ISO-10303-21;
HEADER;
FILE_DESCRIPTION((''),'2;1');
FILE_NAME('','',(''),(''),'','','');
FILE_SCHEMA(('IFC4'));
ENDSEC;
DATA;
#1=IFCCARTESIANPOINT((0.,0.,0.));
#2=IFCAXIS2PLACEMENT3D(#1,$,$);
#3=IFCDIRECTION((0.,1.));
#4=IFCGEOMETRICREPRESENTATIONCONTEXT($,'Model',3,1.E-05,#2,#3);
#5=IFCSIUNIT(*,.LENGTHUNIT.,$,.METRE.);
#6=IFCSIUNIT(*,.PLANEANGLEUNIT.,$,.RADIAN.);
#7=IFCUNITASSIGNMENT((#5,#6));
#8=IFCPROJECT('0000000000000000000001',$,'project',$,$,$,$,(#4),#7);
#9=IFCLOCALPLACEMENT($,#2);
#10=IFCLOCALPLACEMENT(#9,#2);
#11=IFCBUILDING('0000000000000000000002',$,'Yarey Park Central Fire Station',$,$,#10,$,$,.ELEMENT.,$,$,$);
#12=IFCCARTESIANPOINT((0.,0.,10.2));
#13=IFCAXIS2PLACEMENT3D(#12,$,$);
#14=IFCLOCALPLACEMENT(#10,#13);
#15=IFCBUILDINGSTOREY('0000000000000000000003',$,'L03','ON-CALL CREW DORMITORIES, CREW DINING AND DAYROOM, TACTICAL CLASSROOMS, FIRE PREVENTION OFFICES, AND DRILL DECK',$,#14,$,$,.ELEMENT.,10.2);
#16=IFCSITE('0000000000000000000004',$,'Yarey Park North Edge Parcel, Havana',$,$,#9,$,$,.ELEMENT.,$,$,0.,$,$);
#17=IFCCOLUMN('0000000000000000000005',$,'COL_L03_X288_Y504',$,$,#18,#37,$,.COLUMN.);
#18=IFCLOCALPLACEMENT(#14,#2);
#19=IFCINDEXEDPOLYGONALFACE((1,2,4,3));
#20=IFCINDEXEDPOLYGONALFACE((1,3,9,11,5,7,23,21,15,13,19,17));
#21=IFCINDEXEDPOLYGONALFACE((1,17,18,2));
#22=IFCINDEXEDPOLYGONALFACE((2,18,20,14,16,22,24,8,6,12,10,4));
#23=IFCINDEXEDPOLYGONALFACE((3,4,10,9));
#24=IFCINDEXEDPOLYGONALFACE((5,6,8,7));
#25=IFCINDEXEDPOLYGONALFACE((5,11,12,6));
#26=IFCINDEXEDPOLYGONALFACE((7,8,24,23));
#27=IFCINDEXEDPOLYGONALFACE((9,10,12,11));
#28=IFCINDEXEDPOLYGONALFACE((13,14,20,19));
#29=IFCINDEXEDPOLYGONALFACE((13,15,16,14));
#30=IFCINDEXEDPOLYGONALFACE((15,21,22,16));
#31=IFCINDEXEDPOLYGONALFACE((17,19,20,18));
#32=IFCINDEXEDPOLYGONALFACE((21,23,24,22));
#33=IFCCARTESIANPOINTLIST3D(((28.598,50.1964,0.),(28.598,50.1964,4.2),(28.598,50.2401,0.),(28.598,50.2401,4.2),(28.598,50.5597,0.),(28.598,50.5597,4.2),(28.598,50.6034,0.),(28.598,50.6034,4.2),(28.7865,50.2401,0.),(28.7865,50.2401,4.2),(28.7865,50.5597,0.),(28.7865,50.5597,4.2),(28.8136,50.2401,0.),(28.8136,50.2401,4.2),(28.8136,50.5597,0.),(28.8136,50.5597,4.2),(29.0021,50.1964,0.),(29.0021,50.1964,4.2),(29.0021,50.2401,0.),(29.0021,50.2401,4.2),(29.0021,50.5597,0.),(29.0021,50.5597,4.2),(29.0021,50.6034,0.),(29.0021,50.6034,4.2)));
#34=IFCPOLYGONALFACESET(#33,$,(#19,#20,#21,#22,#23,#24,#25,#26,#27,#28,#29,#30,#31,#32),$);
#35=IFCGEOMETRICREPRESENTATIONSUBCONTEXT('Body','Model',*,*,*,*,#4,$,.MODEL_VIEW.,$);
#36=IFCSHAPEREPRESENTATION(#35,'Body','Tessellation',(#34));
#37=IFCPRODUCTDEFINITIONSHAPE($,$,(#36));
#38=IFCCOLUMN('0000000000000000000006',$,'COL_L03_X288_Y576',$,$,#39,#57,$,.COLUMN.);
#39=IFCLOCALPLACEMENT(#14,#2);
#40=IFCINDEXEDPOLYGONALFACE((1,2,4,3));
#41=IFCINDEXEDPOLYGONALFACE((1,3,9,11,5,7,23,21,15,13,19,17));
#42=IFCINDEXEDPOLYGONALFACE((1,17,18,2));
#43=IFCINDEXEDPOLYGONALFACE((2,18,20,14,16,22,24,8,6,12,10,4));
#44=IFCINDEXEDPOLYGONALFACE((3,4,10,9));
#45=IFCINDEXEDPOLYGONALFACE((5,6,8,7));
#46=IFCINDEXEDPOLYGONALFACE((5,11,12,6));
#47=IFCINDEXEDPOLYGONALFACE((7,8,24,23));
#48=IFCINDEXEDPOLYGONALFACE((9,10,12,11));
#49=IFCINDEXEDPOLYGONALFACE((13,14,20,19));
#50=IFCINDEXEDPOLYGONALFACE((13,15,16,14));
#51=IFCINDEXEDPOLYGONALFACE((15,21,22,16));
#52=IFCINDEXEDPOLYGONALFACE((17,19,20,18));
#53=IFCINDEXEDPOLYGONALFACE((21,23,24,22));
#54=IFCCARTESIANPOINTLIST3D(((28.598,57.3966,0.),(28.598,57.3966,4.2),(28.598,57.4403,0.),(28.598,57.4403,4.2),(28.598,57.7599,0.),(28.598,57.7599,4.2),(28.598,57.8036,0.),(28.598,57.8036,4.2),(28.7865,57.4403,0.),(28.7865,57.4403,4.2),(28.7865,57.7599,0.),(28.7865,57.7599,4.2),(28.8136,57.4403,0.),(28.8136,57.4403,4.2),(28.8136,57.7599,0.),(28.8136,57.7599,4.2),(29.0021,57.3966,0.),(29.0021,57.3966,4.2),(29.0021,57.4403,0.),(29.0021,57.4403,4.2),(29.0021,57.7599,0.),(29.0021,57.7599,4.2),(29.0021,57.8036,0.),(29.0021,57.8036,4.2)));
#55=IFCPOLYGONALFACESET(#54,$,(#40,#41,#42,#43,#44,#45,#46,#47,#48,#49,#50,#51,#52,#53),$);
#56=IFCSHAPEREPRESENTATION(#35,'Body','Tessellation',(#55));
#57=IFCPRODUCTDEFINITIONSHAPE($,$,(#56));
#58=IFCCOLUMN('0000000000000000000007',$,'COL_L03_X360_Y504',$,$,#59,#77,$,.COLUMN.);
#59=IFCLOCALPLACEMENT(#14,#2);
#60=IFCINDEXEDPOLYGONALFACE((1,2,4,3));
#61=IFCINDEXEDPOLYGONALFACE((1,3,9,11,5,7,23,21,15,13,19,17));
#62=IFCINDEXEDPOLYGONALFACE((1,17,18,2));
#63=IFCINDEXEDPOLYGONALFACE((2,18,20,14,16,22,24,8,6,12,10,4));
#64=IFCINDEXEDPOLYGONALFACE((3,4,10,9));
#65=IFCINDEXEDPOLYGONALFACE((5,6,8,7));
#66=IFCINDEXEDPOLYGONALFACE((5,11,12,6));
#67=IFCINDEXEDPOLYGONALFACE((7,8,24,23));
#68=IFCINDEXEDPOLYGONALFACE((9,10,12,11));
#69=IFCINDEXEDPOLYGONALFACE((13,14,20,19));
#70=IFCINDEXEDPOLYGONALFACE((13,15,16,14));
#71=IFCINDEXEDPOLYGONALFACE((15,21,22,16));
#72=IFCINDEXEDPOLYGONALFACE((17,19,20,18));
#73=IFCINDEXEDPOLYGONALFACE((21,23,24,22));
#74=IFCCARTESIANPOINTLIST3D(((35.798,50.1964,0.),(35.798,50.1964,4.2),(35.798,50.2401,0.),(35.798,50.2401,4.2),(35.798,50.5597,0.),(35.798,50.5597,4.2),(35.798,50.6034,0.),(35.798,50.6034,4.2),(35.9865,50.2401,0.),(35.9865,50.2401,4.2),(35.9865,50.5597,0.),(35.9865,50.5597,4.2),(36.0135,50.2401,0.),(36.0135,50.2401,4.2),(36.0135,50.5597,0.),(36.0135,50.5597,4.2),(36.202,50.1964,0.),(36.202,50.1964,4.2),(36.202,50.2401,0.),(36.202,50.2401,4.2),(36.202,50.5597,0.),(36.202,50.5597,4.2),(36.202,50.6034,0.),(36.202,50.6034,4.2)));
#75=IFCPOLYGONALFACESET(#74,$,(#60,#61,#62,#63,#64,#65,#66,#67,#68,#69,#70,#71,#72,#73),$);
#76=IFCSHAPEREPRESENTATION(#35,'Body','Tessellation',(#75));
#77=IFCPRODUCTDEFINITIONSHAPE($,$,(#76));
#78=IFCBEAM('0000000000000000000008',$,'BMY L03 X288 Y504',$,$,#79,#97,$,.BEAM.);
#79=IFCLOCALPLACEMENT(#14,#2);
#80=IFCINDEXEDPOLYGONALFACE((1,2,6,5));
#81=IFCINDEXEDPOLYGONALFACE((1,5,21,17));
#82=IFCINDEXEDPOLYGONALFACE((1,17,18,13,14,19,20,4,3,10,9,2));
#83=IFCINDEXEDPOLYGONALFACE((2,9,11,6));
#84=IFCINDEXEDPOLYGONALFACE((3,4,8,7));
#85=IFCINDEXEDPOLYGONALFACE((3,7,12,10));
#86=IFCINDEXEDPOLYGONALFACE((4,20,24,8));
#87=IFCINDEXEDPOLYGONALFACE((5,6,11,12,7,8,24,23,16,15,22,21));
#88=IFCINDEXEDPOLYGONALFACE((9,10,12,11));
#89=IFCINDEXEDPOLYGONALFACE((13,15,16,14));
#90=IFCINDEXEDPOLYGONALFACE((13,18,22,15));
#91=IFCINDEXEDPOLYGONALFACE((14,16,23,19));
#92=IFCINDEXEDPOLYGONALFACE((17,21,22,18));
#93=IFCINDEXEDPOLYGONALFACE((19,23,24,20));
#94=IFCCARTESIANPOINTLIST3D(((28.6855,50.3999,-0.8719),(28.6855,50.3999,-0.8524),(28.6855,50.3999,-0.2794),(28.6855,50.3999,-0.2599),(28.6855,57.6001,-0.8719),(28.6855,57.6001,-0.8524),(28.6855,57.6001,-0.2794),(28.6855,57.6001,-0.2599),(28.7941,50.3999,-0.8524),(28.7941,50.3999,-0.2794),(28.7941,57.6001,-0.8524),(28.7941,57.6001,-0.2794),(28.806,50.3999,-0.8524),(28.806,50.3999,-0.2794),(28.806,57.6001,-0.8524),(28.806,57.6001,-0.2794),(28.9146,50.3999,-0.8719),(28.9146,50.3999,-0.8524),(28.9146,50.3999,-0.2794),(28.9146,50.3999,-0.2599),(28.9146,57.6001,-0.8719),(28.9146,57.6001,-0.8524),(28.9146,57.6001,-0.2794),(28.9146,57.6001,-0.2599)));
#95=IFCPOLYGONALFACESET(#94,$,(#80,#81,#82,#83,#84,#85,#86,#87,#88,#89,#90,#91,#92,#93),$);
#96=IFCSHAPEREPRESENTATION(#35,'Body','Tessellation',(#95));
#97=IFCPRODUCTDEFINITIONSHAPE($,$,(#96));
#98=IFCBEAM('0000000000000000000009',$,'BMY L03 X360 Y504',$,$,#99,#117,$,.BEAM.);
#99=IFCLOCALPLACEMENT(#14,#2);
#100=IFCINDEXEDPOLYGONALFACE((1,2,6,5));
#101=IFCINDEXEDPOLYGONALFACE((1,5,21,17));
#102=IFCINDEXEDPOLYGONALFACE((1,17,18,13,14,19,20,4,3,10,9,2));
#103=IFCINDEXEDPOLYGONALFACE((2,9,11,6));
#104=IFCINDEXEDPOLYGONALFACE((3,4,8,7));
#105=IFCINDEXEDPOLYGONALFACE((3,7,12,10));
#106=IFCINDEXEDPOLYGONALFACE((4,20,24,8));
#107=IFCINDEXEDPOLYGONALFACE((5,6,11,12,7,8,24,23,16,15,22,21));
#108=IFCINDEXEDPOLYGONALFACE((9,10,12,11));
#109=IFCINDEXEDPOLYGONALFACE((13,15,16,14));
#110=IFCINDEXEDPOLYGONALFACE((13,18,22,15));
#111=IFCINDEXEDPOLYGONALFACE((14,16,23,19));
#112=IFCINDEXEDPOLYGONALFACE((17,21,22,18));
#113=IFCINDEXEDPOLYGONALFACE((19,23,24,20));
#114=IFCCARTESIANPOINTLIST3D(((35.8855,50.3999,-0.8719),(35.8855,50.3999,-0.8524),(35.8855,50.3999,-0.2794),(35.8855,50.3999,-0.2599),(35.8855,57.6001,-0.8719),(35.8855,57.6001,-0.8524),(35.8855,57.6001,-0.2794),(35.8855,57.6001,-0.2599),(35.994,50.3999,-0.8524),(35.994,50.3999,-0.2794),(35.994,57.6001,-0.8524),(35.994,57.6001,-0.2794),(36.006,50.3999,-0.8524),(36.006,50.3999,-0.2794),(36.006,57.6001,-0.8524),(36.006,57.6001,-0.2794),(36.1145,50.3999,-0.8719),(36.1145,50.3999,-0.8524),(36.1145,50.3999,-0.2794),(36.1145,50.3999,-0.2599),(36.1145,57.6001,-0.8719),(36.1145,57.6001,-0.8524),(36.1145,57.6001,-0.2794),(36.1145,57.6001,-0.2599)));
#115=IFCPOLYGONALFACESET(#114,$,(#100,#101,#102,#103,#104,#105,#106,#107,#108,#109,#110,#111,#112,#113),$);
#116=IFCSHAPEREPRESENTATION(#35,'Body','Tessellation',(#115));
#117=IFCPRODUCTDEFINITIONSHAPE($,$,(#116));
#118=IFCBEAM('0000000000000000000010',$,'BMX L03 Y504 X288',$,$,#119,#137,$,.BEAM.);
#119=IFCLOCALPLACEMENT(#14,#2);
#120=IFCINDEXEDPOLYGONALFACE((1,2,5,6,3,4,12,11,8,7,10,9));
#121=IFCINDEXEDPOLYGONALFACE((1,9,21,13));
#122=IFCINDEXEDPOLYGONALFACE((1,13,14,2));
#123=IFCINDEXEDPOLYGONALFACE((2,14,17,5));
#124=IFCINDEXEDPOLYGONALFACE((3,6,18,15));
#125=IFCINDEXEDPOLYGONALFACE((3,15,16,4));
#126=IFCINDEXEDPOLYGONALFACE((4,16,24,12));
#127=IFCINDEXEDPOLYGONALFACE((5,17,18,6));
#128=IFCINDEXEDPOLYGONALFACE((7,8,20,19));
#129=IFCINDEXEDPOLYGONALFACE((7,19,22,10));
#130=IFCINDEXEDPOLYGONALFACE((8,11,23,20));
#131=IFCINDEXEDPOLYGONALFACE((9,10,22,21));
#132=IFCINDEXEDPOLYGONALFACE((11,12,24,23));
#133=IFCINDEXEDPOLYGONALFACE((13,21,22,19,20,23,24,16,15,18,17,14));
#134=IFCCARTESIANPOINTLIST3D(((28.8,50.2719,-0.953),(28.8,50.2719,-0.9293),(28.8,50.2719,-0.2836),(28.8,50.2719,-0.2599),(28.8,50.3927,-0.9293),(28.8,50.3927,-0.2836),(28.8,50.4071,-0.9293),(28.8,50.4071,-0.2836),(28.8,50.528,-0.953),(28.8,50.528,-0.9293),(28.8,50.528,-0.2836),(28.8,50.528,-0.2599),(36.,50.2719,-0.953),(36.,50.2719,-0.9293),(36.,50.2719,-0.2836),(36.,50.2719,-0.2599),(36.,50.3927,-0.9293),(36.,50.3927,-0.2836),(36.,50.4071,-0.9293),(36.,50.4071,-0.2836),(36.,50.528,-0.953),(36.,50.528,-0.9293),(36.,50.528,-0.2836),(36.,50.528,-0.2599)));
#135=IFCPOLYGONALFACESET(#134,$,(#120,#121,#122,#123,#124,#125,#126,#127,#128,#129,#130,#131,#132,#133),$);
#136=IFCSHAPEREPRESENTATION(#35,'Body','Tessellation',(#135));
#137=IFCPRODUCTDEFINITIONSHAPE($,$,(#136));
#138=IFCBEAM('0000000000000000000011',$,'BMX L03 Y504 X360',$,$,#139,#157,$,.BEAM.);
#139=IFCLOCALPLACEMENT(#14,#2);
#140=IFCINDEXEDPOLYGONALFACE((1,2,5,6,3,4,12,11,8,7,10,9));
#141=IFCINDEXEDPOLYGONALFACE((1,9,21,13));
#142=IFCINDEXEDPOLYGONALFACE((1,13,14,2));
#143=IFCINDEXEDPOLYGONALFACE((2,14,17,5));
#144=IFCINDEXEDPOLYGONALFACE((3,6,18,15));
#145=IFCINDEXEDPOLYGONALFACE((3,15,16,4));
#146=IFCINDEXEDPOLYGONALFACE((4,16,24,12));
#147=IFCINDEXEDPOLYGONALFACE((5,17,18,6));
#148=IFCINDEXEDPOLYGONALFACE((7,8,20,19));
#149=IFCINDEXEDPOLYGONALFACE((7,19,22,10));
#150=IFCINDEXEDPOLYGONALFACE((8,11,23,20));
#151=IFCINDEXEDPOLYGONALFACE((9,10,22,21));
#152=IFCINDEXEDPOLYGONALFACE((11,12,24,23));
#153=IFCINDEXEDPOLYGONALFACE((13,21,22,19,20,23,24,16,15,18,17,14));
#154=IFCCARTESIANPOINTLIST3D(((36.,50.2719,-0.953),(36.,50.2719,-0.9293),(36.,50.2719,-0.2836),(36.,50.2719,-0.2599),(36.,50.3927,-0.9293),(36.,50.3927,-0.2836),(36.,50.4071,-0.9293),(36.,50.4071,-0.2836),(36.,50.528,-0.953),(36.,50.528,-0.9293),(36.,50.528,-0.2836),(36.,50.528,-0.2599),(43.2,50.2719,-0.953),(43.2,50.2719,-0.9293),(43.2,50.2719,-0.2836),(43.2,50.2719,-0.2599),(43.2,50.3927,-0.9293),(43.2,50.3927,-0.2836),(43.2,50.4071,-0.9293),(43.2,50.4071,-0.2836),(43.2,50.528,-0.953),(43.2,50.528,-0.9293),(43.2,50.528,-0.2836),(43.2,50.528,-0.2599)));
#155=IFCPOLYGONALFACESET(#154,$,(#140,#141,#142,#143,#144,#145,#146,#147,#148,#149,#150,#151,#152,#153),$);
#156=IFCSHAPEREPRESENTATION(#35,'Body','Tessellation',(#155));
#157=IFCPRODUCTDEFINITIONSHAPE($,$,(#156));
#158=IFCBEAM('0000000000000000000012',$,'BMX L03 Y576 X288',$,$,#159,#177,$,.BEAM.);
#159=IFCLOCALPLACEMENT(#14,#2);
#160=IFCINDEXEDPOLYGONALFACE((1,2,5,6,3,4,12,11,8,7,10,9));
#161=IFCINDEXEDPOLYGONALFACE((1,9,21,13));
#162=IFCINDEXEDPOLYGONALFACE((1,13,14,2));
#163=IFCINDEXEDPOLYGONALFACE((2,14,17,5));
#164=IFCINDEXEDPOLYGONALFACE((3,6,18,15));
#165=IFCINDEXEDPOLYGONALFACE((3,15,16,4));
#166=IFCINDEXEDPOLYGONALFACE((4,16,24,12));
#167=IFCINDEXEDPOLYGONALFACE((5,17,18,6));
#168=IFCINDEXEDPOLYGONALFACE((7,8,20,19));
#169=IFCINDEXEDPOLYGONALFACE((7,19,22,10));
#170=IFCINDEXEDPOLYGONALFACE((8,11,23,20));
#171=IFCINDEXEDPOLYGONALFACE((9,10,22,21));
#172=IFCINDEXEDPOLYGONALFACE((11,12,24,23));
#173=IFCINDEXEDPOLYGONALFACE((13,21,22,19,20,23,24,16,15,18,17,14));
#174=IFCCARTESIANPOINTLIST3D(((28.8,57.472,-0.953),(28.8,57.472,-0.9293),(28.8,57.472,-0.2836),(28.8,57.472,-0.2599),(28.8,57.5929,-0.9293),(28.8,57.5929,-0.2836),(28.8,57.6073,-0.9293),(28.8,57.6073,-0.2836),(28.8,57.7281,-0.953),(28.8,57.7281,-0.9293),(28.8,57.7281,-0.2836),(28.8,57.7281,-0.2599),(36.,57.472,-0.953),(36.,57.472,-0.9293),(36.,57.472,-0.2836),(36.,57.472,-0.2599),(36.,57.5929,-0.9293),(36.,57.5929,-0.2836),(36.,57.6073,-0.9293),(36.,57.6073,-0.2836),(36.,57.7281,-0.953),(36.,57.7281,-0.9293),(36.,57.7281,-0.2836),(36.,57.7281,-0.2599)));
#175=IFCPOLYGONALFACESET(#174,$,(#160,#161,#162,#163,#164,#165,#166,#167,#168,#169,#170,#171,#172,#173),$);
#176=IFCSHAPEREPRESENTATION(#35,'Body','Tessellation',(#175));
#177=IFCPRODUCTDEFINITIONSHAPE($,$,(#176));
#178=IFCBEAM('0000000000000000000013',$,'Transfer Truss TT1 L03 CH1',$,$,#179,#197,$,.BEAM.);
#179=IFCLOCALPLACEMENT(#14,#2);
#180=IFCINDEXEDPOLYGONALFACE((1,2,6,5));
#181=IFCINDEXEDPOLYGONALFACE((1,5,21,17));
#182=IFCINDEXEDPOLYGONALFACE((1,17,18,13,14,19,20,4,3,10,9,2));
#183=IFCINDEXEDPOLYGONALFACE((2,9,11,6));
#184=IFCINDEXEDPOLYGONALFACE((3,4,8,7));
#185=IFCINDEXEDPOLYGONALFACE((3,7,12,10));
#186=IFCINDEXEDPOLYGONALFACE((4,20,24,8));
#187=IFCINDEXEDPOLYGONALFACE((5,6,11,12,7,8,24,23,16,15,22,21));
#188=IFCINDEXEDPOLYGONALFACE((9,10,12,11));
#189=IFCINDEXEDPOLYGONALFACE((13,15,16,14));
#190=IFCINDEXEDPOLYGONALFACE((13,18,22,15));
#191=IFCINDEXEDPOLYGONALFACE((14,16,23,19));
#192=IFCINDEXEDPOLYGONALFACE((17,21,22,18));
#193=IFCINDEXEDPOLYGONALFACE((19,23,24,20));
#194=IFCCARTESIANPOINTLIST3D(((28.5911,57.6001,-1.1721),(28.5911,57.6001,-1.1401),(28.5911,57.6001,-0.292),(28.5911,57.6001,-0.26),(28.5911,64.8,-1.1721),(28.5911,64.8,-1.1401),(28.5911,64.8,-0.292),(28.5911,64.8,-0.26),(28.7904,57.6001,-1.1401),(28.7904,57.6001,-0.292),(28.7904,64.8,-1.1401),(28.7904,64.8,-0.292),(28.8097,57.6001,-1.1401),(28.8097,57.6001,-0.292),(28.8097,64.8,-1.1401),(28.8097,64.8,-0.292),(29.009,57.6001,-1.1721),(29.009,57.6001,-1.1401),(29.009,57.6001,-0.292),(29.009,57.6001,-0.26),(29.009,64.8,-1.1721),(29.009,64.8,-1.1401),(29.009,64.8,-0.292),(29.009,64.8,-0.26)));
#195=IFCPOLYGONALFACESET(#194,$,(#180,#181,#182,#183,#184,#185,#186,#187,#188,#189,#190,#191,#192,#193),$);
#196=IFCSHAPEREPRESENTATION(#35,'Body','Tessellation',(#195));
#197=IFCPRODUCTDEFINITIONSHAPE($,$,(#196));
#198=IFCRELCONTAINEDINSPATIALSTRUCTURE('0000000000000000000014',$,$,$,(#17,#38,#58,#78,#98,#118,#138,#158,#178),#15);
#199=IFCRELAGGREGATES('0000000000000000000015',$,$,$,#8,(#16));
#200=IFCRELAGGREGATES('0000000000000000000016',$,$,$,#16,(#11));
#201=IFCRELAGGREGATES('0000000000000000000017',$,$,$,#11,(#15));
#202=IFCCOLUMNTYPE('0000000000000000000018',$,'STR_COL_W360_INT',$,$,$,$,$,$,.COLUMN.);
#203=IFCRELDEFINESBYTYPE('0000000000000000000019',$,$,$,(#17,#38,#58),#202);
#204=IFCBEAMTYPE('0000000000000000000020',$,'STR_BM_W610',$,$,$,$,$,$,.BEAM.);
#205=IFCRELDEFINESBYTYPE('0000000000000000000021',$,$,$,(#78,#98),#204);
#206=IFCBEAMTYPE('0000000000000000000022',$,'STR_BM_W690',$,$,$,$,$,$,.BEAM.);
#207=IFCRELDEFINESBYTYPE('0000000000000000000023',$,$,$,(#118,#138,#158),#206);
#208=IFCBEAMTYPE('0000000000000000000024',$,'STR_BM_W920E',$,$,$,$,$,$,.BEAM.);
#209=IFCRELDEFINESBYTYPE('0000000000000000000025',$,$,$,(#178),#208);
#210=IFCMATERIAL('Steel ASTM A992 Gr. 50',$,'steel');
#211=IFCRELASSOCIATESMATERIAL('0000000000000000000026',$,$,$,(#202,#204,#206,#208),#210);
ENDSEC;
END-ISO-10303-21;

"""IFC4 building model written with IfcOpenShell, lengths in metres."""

from ifc_helpers import new_model, si_unit, direction, frame, origin, origin_2d, place, context, subcontext, project, spatial, i_section, extrude, material, material_profile, profile_set, type_object, element, save


model = new_model("IFC4")

# Units and contexts
model_context = context("Model", 3, precision=1e-05, world=origin(), true_north=direction((0.0, 1.0)))
body_context = subcontext(model_context, "Body", "Model", "MODEL_VIEW")
ifc_project = project(units=[si_unit("LENGTHUNIT", "METRE"), si_unit("PLANEANGLEUNIT", "RADIAN")], contexts=[model_context])

# Site, building, storey
site_placement = place(None, origin())
site = spatial("IfcSite", under=ifc_project, at=site_placement, Name="Yarey Park North Edge Parcel, Havana", CompositionType="ELEMENT", RefElevation=0.0)
building_placement = place(site_placement, origin())
building = spatial("IfcBuilding", under=site, at=building_placement, Name="Yarey Park Central Fire Station", CompositionType="ELEMENT")
storey_placement = place(building_placement, frame((0.0, 0.0, 10.2)))
storey = spatial("IfcBuildingStorey", under=building, at=storey_placement, Name="L03", Description="ON-CALL CREW DORMITORIES, CREW DINING AND DAYROOM, TACTICAL CLASSROOMS, FIRE PREVENTION OFFICES, AND DRILL DECK", CompositionType="ELEMENT", Elevation=10.2)

# Columns
ifc_material_1 = material(Name="Steel ASTM A992 Gr. 50", Category="steel")
ifc_material_profile_1 = material_profile(ifc_material_1, i_section(OverallWidth=0.4041, OverallDepth=0.407, WebThickness=0.0271, FlangeThickness=0.0437, at=origin_2d()), Name="W360x347")
ifc_profile_set_1 = profile_set([ifc_material_profile_1], Name="Steel ASTM A992 Gr. 50")
column_type = type_object("IfcColumnType", Name="STR_COL_W360_INT", PredefinedType="COLUMN", material=ifc_profile_set_1)
for number, where, z_axis, x_axis, name in (
    (1, (28.8, 50.3999, 0.0), (0.0, 0.0, 1.0), (1.0, 0.0, 0.0), "COL_L03_X288_Y504"),
    (2, (28.8, 57.6001, 0.0), (0.0, 0.0, 1.0), (1.0, 0.0, 0.0), "COL_L03_X288_Y576"),
    (3, (36.0, 50.3999, 0.0), (0.0, 0.0, 1.0), (1.0, 0.0, 0.0), "COL_L03_X360_Y504"),
):
    element("IfcColumn", number, at=place(storey_placement, frame(where, z_axis=z_axis, x_axis=x_axis)), inside=storey, type_object=column_type, Name=name, PredefinedType="COLUMN", context=body_context, shape_type="SweptSolid", body=[
        extrude(i_section(OverallWidth=0.4041, OverallDepth=0.407, WebThickness=0.0271, FlangeThickness=0.0437, at=origin_2d()), origin(), (0.0, 0.0, 1.0), 4.2),
    ])

# Beams
ifc_material_profile_2 = material_profile(ifc_material_1, i_section(OverallWidth=0.229, OverallDepth=0.6121, WebThickness=0.012, FlangeThickness=0.0195, at=origin_2d()), Name="W610x125")
ifc_profile_set_2 = profile_set([ifc_material_profile_2], Name="Steel ASTM A992 Gr. 50")
beam_type_1 = type_object("IfcBeamType", Name="STR_BM_W610", PredefinedType="BEAM", material=ifc_profile_set_2)
for number, where, z_axis, x_axis, name in (
    (4, (28.8, 50.3999, -0.5659), (0.0, 1.0, 0.0), (-1.0, 0.0, 0.0), "BMY L03 X288 Y504"),
    (5, (36.0, 50.3999, -0.5659), (0.0, 1.0, 0.0), (-1.0, 0.0, 0.0), "BMY L03 X360 Y504"),
):
    element("IfcBeam", number, at=place(storey_placement, frame(where, z_axis=z_axis, x_axis=x_axis)), inside=storey, type_object=beam_type_1, Name=name, PredefinedType="BEAM", context=body_context, shape_type="SweptSolid", body=[
        extrude(i_section(OverallWidth=0.229, OverallDepth=0.6121, WebThickness=0.012, FlangeThickness=0.0195, at=origin_2d()), origin(), (0.0, 0.0, 1.0), 7.2002),
    ])
ifc_material_profile_3 = material_profile(ifc_material_1, i_section(OverallWidth=0.2561, OverallDepth=0.6931, WebThickness=0.0144, FlangeThickness=0.0237, at=origin_2d()), Name="W690x170")
ifc_profile_set_3 = profile_set([ifc_material_profile_3], Name="Steel ASTM A992 Gr. 50")
beam_type_2 = type_object("IfcBeamType", Name="STR_BM_W690", PredefinedType="BEAM", material=ifc_profile_set_3)
for number, where, z_axis, x_axis, name in (
    (6, (28.8, 50.3999, -0.6064), (1.0, 0.0, 0.0), (0.0, 1.0, 0.0), "BMX L03 Y504 X288"),
    (7, (36.0, 50.3999, -0.6064), (1.0, 0.0, 0.0), (0.0, 1.0, 0.0), "BMX L03 Y504 X360"),
    (8, (28.8, 57.6001, -0.6064), (1.0, 0.0, 0.0), (0.0, 1.0, 0.0), "BMX L03 Y576 X288"),
):
    element("IfcBeam", number, at=place(storey_placement, frame(where, z_axis=z_axis, x_axis=x_axis)), inside=storey, type_object=beam_type_2, Name=name, PredefinedType="BEAM", context=body_context, shape_type="SweptSolid", body=[
        extrude(i_section(OverallWidth=0.2561, OverallDepth=0.6931, WebThickness=0.0144, FlangeThickness=0.0237, at=origin_2d()), origin(), (0.0, 0.0, 1.0), 7.2),
    ])
ifc_material_profile_4 = material_profile(ifc_material_1, i_section(OverallWidth=0.418, OverallDepth=0.9121, WebThickness=0.0193, FlangeThickness=0.032, at=origin_2d()), Name="W920x342")
ifc_profile_set_4 = profile_set([ifc_material_profile_4], Name="Steel ASTM A992 Gr. 50")
beam_type_3 = type_object("IfcBeamType", Name="STR_BM_W920E", PredefinedType="BEAM", material=ifc_profile_set_4)
beam_1_placement = place(storey_placement, frame((28.8, 57.6001, -0.7161), z_axis=(0.0, 1.0, 0.0), x_axis=(-1.0, 0.0, 0.0)))
element("IfcBeam", 9, at=beam_1_placement, inside=storey, type_object=beam_type_3, Name="Transfer Truss TT1 L03 CH1", PredefinedType="BEAM", context=body_context, shape_type="SweptSolid", body=[
    extrude(i_section(OverallWidth=0.418, OverallDepth=0.9121, WebThickness=0.0193, FlangeThickness=0.032, at=origin_2d()), origin(), (0.0, 0.0, 1.0), 7.2),
])

save(model, "model.ifc")
